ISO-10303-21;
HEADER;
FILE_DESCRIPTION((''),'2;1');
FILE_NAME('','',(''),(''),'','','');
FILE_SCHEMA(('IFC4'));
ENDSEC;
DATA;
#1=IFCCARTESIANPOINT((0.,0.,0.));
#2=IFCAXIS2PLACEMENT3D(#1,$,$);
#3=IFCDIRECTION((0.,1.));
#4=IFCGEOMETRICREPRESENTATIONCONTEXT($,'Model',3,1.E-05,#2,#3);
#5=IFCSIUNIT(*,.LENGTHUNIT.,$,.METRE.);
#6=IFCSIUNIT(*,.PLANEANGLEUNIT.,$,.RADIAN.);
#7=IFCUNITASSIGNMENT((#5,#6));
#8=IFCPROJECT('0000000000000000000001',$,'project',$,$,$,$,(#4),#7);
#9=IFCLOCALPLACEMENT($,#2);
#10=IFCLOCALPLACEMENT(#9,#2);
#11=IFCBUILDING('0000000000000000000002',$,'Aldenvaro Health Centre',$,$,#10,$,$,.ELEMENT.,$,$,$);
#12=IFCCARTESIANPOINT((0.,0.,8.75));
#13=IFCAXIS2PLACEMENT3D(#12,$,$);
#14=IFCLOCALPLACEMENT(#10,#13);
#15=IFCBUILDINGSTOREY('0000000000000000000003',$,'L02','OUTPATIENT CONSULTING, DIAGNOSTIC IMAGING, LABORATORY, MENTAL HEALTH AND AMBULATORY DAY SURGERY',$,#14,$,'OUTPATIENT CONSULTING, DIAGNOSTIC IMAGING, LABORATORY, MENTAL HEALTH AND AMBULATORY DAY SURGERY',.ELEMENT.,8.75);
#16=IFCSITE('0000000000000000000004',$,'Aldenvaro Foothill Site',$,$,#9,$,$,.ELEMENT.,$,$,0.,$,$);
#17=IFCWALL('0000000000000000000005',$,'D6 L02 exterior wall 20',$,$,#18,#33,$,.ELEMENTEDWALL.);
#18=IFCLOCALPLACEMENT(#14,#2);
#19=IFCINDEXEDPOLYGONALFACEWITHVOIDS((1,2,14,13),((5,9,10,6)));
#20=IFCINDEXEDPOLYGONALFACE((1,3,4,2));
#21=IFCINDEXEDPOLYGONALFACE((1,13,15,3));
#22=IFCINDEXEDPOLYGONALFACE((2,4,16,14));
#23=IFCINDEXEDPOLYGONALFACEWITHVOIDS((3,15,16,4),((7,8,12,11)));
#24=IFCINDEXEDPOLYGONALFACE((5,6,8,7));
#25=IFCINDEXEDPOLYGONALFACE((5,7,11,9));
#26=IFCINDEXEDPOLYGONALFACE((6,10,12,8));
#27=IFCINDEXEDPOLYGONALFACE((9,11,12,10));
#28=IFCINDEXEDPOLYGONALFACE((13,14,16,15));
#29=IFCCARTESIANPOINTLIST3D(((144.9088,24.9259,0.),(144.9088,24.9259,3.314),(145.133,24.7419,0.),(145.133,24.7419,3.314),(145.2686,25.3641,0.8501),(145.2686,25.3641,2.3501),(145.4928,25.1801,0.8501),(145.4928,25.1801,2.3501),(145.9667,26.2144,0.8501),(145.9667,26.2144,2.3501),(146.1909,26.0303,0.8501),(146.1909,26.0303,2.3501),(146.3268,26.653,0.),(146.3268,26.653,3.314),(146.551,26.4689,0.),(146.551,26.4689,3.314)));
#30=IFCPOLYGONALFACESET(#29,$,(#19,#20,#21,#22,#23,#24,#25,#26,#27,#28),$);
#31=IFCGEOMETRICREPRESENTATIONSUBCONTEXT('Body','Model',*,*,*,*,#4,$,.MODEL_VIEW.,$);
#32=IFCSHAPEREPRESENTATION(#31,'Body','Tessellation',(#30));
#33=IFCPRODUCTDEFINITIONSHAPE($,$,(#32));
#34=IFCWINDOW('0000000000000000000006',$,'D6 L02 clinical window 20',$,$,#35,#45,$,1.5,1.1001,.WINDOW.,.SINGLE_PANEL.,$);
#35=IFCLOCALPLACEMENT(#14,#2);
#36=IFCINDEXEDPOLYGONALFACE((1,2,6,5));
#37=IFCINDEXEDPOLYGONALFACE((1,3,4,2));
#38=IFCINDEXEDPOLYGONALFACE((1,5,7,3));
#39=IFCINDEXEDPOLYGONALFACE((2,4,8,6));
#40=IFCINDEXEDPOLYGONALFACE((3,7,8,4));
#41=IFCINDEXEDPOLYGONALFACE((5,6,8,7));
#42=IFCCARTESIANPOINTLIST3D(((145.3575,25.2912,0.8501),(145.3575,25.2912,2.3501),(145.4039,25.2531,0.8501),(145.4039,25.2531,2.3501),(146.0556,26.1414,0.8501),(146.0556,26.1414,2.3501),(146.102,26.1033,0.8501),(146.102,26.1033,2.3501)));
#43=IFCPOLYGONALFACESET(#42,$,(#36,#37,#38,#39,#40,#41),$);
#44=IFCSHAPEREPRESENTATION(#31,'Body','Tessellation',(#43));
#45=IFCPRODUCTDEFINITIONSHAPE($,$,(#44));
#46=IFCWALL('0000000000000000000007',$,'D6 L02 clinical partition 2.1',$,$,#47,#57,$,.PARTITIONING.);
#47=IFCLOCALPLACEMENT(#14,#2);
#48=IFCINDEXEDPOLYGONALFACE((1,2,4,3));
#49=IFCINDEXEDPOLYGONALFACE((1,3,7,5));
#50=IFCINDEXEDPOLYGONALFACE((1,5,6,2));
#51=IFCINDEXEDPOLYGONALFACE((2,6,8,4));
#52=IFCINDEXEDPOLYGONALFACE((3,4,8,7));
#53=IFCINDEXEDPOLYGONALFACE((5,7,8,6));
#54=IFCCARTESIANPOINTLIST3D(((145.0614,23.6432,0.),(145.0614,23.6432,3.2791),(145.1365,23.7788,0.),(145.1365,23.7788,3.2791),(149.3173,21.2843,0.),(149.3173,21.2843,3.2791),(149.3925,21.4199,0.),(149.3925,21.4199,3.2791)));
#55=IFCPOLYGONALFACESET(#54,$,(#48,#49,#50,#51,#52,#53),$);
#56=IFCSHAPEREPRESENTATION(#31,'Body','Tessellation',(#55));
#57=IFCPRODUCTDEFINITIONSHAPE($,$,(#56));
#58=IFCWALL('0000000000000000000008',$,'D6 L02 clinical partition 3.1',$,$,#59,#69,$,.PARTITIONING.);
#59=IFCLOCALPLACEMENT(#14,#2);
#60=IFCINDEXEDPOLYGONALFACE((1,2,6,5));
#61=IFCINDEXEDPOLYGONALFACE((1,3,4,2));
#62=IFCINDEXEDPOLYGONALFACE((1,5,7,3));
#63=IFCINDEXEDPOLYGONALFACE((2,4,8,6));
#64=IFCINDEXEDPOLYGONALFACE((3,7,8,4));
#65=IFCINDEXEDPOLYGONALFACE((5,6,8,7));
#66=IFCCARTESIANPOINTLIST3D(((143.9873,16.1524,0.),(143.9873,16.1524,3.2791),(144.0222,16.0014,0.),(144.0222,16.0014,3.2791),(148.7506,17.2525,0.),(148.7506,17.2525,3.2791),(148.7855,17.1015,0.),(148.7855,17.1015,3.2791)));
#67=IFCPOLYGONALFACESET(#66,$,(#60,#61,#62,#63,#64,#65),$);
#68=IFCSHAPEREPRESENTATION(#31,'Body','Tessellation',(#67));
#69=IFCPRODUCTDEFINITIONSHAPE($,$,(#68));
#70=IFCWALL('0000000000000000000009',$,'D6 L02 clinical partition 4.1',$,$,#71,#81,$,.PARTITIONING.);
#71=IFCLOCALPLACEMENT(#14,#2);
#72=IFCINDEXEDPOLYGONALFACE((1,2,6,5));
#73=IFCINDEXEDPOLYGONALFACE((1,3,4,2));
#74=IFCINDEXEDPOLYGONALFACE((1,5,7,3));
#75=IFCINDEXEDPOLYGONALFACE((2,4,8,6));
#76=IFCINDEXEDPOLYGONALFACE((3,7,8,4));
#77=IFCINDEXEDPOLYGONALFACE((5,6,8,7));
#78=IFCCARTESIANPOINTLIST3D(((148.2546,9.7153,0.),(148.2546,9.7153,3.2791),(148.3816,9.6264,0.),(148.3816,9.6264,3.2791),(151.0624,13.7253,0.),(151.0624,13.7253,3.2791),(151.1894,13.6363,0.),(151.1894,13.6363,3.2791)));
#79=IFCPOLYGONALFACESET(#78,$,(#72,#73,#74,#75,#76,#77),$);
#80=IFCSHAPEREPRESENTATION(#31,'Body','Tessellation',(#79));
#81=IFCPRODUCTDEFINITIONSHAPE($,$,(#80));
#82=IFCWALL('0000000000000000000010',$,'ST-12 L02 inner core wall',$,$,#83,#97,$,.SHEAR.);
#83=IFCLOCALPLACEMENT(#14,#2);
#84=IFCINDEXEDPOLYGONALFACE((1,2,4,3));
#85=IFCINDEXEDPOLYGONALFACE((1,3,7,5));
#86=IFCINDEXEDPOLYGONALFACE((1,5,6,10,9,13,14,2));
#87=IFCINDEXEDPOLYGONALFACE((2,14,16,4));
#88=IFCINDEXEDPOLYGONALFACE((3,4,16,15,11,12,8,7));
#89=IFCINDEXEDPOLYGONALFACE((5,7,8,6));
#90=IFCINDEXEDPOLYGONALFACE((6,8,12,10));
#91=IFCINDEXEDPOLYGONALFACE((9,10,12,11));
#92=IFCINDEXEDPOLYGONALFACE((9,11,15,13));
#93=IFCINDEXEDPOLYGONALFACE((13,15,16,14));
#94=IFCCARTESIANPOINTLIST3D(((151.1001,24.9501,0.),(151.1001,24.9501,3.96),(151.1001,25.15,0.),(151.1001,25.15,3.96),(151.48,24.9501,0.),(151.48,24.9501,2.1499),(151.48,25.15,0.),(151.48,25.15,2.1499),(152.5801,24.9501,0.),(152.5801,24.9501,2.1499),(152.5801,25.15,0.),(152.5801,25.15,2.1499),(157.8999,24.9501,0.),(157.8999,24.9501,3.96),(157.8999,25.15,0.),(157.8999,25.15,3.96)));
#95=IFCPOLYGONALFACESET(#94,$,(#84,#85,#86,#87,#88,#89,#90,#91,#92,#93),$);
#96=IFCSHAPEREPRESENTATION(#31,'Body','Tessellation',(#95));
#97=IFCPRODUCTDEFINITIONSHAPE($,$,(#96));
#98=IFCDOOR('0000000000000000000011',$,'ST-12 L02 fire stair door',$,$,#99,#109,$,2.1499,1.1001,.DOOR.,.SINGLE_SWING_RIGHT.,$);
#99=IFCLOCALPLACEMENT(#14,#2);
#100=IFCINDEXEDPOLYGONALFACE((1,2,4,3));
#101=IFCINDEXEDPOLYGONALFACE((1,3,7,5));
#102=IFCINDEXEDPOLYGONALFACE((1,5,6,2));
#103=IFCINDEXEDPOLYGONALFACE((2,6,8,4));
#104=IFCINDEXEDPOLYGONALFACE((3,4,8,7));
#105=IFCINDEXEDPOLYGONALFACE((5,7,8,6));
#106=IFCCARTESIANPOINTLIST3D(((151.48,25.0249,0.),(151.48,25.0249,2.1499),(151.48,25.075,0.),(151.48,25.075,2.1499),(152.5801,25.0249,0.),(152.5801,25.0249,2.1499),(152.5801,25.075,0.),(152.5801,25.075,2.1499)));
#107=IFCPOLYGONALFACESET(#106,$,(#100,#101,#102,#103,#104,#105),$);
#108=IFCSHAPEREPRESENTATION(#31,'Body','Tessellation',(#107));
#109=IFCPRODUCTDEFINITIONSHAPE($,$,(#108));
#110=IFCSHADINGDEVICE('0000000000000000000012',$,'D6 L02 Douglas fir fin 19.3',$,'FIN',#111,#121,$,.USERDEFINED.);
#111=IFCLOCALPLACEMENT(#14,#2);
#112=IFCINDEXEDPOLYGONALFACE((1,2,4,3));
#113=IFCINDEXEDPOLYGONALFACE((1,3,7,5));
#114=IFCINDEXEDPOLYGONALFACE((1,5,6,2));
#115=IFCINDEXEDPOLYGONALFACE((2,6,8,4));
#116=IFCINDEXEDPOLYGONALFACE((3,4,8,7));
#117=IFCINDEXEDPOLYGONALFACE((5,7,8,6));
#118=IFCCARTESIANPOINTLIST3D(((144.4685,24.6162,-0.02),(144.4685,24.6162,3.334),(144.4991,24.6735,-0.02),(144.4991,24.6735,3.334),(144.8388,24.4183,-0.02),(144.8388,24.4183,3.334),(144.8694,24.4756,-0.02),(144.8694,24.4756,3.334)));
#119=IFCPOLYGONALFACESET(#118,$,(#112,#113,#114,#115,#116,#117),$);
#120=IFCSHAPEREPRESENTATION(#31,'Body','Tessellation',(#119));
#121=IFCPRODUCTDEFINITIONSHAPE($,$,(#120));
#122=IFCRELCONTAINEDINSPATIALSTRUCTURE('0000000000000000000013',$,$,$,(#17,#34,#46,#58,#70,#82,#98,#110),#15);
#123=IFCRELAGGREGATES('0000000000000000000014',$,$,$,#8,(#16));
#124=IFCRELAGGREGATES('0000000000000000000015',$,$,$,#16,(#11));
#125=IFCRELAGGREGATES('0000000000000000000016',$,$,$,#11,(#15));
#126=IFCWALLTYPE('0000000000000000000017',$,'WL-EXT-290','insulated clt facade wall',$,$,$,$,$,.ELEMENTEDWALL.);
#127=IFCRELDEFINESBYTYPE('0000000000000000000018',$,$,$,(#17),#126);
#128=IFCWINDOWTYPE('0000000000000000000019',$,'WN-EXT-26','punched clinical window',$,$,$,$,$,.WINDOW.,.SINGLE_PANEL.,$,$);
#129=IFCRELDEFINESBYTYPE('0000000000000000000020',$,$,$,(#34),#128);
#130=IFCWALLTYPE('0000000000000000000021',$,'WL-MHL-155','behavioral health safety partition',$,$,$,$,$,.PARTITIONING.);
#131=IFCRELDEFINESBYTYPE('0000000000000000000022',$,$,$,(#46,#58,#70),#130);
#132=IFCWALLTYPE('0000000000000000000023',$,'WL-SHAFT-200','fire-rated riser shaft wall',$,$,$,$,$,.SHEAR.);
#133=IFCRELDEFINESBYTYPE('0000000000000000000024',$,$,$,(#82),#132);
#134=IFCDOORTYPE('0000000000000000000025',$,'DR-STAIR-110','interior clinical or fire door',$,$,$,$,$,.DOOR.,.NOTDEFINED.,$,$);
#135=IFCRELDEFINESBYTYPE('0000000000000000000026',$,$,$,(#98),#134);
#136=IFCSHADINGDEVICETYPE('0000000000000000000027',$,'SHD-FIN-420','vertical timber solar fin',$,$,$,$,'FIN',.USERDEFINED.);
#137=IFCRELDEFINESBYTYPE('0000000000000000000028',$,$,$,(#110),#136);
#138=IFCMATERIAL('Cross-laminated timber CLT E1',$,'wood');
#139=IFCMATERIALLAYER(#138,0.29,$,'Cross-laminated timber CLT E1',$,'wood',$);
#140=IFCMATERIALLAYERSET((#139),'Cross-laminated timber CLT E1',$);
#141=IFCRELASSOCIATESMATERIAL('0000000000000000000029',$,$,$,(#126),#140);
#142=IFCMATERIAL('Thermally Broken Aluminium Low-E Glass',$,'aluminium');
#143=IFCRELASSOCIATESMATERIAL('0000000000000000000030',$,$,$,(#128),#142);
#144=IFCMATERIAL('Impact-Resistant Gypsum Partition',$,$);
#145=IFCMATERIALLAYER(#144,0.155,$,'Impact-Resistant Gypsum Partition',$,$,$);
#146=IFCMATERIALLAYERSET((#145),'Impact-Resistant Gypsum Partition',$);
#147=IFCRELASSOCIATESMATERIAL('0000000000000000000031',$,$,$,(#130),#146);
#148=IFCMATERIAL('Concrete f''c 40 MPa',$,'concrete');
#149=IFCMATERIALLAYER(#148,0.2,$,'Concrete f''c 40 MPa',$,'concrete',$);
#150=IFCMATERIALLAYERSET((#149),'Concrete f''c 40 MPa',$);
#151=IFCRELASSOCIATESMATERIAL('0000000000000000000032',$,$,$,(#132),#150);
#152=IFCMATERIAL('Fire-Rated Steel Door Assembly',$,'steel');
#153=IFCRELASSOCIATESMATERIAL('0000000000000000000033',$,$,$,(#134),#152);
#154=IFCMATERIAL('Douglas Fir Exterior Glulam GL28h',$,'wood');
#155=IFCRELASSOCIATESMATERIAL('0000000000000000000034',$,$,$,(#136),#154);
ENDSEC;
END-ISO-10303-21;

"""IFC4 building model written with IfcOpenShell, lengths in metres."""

from ifc_helpers import new_model, si_unit, direction, frame, frame_2d, origin, origin_2d, place, context, subcontext, project, spatial, rectangle, extrude, material, layer, layer_set, type_object, element, fill, save


model = new_model("IFC4")

# Units and contexts
model_context = context("Model", 3, precision=1e-05, world=origin(), true_north=direction((0.0, 1.0)))
body_context = subcontext(model_context, "Body", "Model", "MODEL_VIEW")
ifc_project = project(units=[si_unit("LENGTHUNIT", "METRE"), si_unit("PLANEANGLEUNIT", "RADIAN")], contexts=[model_context])

# Site, building, storey
site_placement = place(None, origin())
site = spatial("IfcSite", under=ifc_project, at=site_placement, Name="Aldenvaro Foothill Site", CompositionType="ELEMENT", RefElevation=0.0)
building_placement = place(site_placement, origin())
building = spatial("IfcBuilding", under=site, at=building_placement, Name="Aldenvaro Health Centre", CompositionType="ELEMENT")
storey_placement = place(building_placement, frame((0.0, 0.0, 8.75)))
storey = spatial("IfcBuildingStorey", under=building, at=storey_placement, Name="L02", Description="OUTPATIENT CONSULTING, DIAGNOSTIC IMAGING, LABORATORY, MENTAL HEALTH AND AMBULATORY DAY SURGERY", LongName="OUTPATIENT CONSULTING, DIAGNOSTIC IMAGING, LABORATORY, MENTAL HEALTH AND AMBULATORY DAY SURGERY", CompositionType="ELEMENT", Elevation=8.75)

# Wall, opening, window
ifc_material_1 = material(Name="Cross-laminated timber CLT E1", Category="wood")
ifc_layer_1 = layer(ifc_material_1, 0.29, Name="Cross-laminated timber CLT E1", Category="wood")
ifc_layer_set_1 = layer_set([ifc_layer_1], Name="Cross-laminated timber CLT E1")
wall_type_1 = type_object("IfcWallType", Name="WL-EXT-290", Description="insulated clt facade wall", PredefinedType="ELEMENTEDWALL", material=ifc_layer_set_1)
wall_1_placement = place(storey_placement, frame((145.021, 24.834, 0.0), z_axis=(0.0, 0.0, 1.0), x_axis=(0.634558, 0.772876, 0.0)))
wall_1 = element("IfcWall", 1, at=wall_1_placement, inside=storey, type_object=wall_type_1, Name="D6 L02 exterior wall 20", PredefinedType="ELEMENTEDWALL", context=body_context, shape_type="SweptSolid", body=[
    extrude(rectangle(XDim=2.2346, YDim=0.29, at=frame_2d((1.1172, 0.0))), origin(), (0.0, 0.0, 1.0), 3.314),
])
opening_1_placement = place(wall_1_placement, frame((0.5669, 0.0, 0.8501)))
opening_1 = element("IfcOpeningElement", 2, at=opening_1_placement, cuts=wall_1, PredefinedType="OPENING", context=body_context, shape_type="SweptSolid", body=[
    extrude(rectangle(XDim=1.1001, YDim=1.5, at=frame_2d((0.55, 0.75))), frame((0.0, 0.155, 0.0), z_axis=(0.0, -1.0, 0.0), x_axis=(1.0, 0.0, 0.0)), (0.0, 0.0, 1.0), 0.3101),
])
ifc_material_2 = material(Name="Thermally Broken Aluminium Low-E Glass", Category="aluminium")
window_type = type_object("IfcWindowType", Name="WN-EXT-26", Description="punched clinical window", PartitioningType="SINGLE_PANEL", PredefinedType="WINDOW", material=ifc_material_2)
window_placement = place(opening_1_placement, origin())
window = element("IfcWindow", 3, at=window_placement, inside=storey, type_object=window_type, Name="D6 L02 clinical window 20", OverallHeight=1.5, OverallWidth=1.1001, PartitioningType="SINGLE_PANEL", PredefinedType="WINDOW", context=body_context, shape_type="SweptSolid", body=[
    extrude(rectangle(XDim=1.1001, YDim=1.5, at=frame_2d((0.55, 0.75))), frame((0.0, 0.03, 0.0), z_axis=(0.0, -1.0, 0.0), x_axis=(1.0, 0.0, 0.0)), (0.0, 0.0, 1.0), 0.0601),
])
fill(opening_1, window)

# Walls
ifc_material_3 = material(Name="Impact-Resistant Gypsum Partition")
ifc_layer_2 = layer(ifc_material_3, 0.155, Name="Impact-Resistant Gypsum Partition")
ifc_layer_set_2 = layer_set([ifc_layer_2], Name="Impact-Resistant Gypsum Partition")
wall_type_2 = type_object("IfcWallType", Name="WL-MHL-155", Description="behavioral health safety partition", PredefinedType="PARTITIONING", material=ifc_layer_set_2)
wall_2_placement = place(storey_placement, frame((149.355, 21.3521, 0.0), z_axis=(0.0, 0.0, 1.0), x_axis=(-0.874635, 0.484782, 0.0)))
element("IfcWall", 4, at=wall_2_placement, inside=storey, type_object=wall_type_2, Name="D6 L02 clinical partition 2.1", PredefinedType="PARTITIONING", context=body_context, shape_type="SweptSolid", body=[
    extrude(rectangle(XDim=4.866, YDim=0.155, at=frame_2d((2.4331, 0.0))), origin(), (0.0, 0.0, 1.0), 3.2791),
])
wall_3_placement = place(storey_placement, frame((148.7681, 17.177, 0.0), z_axis=(0.0, 0.0, 1.0), x_axis=(-0.974351, -0.225035, 0.0)))
element("IfcWall", 5, at=wall_3_placement, inside=storey, type_object=wall_type_2, Name="D6 L02 clinical partition 3.1", PredefinedType="PARTITIONING", context=body_context, shape_type="SweptSolid", body=[
    extrude(rectangle(XDim=4.8887, YDim=0.155, at=frame_2d((2.4443, 0.0))), origin(), (0.0, 0.0, 1.0), 3.2791),
])
wall_4_placement = place(storey_placement, frame((151.126, 13.6809, 0.0), z_axis=(0.0, 0.0, 1.0), x_axis=(-0.573579, -0.81915, 0.0)))
element("IfcWall", 6, at=wall_4_placement, inside=storey, type_object=wall_type_2, Name="D6 L02 clinical partition 4.1", PredefinedType="PARTITIONING", context=body_context, shape_type="SweptSolid", body=[
    extrude(rectangle(XDim=4.8953, YDim=0.155, at=frame_2d((2.4478, 0.0))), origin(), (0.0, 0.0, 1.0), 3.2791),
])

# Wall, opening, door
ifc_material_4 = material(Name="Concrete f'c 40 MPa", Category="concrete")
ifc_layer_3 = layer(ifc_material_4, 0.2, Name="Concrete f'c 40 MPa", Category="concrete")
ifc_layer_set_3 = layer_set([ifc_layer_3], Name="Concrete f'c 40 MPa")
wall_type_3 = type_object("IfcWallType", Name="WL-SHAFT-200", Description="fire-rated riser shaft wall", PredefinedType="SHEAR", material=ifc_layer_set_3)
wall_5_placement = place(storey_placement, frame((151.1001, 25.05, 0.0), z_axis=(0.0, 0.0, 1.0), x_axis=(1.0, 0.0, 0.0)))
wall_5 = element("IfcWall", 7, at=wall_5_placement, inside=storey, type_object=wall_type_3, Name="ST-12 L02 inner core wall", PredefinedType="SHEAR", context=body_context, shape_type="SweptSolid", body=[
    extrude(rectangle(XDim=6.7998, YDim=0.2, at=frame_2d((3.3999, 0.0))), origin(), (0.0, 0.0, 1.0), 3.96),
])
opening_2_placement = place(wall_5_placement, frame((0.3799, 0.0, 0.0)))
opening_2 = element("IfcOpeningElement", 8, at=opening_2_placement, cuts=wall_5, PredefinedType="OPENING", context=body_context, shape_type="SweptSolid", body=[
    extrude(rectangle(XDim=1.1001, YDim=2.1499, at=frame_2d((0.55, 1.075))), frame((0.0, 0.1099, 0.0), z_axis=(0.0, -1.0, 0.0), x_axis=(1.0, 0.0, 0.0)), (0.0, 0.0, 1.0), 0.22),
])
ifc_material_5 = material(Name="Fire-Rated Steel Door Assembly", Category="steel")
door_type_1 = type_object("IfcDoorType", Name="DR-STAIR-110", Description="interior clinical or fire door", OperationType="NOTDEFINED", PredefinedType="DOOR", material=ifc_material_5)
door_1_placement = place(opening_2_placement, origin())
door_1 = element("IfcDoor", 9, at=door_1_placement, inside=storey, type_object=door_type_1, Name="ST-12 L02 fire stair door", OperationType="SINGLE_SWING_RIGHT", OverallHeight=2.1499, OverallWidth=1.1001, PredefinedType="DOOR", context=body_context, shape_type="SweptSolid", body=[
    extrude(rectangle(XDim=1.1001, YDim=2.1499, at=frame_2d((0.55, 1.075))), frame((0.0, 0.0249, 0.0), z_axis=(0.0, -1.0, 0.0), x_axis=(1.0, 0.0, 0.0)), (0.0, 0.0, 1.0), 0.05),
])
fill(opening_2, door_1)

# Shading device
ifc_material_6 = material(Name="Douglas Fir Exterior Glulam GL28h", Category="wood")
shading_device_type = type_object("IfcShadingDeviceType", Name="SHD-FIN-420", Description="vertical timber solar fin", ElementType="FIN", PredefinedType="USERDEFINED", material=ifc_material_6)
shading_device_placement = place(storey_placement, frame((144.6689, 24.5459, -0.02), z_axis=(0.0, 0.0, 1.0), x_axis=(0.471215, 0.882018, 0.0)))
element("IfcShadingDevice", 10, at=shading_device_placement, inside=storey, type_object=shading_device_type, Name="D6 L02 Douglas fir fin 19.3", ObjectType="FIN", PredefinedType="USERDEFINED", context=body_context, shape_type="SweptSolid", body=[
    extrude(rectangle(XDim=0.0649, YDim=0.4199, at=origin_2d()), origin(), (0.0, 0.0, 1.0), 3.354),
])

save(model, "model.ifc")
